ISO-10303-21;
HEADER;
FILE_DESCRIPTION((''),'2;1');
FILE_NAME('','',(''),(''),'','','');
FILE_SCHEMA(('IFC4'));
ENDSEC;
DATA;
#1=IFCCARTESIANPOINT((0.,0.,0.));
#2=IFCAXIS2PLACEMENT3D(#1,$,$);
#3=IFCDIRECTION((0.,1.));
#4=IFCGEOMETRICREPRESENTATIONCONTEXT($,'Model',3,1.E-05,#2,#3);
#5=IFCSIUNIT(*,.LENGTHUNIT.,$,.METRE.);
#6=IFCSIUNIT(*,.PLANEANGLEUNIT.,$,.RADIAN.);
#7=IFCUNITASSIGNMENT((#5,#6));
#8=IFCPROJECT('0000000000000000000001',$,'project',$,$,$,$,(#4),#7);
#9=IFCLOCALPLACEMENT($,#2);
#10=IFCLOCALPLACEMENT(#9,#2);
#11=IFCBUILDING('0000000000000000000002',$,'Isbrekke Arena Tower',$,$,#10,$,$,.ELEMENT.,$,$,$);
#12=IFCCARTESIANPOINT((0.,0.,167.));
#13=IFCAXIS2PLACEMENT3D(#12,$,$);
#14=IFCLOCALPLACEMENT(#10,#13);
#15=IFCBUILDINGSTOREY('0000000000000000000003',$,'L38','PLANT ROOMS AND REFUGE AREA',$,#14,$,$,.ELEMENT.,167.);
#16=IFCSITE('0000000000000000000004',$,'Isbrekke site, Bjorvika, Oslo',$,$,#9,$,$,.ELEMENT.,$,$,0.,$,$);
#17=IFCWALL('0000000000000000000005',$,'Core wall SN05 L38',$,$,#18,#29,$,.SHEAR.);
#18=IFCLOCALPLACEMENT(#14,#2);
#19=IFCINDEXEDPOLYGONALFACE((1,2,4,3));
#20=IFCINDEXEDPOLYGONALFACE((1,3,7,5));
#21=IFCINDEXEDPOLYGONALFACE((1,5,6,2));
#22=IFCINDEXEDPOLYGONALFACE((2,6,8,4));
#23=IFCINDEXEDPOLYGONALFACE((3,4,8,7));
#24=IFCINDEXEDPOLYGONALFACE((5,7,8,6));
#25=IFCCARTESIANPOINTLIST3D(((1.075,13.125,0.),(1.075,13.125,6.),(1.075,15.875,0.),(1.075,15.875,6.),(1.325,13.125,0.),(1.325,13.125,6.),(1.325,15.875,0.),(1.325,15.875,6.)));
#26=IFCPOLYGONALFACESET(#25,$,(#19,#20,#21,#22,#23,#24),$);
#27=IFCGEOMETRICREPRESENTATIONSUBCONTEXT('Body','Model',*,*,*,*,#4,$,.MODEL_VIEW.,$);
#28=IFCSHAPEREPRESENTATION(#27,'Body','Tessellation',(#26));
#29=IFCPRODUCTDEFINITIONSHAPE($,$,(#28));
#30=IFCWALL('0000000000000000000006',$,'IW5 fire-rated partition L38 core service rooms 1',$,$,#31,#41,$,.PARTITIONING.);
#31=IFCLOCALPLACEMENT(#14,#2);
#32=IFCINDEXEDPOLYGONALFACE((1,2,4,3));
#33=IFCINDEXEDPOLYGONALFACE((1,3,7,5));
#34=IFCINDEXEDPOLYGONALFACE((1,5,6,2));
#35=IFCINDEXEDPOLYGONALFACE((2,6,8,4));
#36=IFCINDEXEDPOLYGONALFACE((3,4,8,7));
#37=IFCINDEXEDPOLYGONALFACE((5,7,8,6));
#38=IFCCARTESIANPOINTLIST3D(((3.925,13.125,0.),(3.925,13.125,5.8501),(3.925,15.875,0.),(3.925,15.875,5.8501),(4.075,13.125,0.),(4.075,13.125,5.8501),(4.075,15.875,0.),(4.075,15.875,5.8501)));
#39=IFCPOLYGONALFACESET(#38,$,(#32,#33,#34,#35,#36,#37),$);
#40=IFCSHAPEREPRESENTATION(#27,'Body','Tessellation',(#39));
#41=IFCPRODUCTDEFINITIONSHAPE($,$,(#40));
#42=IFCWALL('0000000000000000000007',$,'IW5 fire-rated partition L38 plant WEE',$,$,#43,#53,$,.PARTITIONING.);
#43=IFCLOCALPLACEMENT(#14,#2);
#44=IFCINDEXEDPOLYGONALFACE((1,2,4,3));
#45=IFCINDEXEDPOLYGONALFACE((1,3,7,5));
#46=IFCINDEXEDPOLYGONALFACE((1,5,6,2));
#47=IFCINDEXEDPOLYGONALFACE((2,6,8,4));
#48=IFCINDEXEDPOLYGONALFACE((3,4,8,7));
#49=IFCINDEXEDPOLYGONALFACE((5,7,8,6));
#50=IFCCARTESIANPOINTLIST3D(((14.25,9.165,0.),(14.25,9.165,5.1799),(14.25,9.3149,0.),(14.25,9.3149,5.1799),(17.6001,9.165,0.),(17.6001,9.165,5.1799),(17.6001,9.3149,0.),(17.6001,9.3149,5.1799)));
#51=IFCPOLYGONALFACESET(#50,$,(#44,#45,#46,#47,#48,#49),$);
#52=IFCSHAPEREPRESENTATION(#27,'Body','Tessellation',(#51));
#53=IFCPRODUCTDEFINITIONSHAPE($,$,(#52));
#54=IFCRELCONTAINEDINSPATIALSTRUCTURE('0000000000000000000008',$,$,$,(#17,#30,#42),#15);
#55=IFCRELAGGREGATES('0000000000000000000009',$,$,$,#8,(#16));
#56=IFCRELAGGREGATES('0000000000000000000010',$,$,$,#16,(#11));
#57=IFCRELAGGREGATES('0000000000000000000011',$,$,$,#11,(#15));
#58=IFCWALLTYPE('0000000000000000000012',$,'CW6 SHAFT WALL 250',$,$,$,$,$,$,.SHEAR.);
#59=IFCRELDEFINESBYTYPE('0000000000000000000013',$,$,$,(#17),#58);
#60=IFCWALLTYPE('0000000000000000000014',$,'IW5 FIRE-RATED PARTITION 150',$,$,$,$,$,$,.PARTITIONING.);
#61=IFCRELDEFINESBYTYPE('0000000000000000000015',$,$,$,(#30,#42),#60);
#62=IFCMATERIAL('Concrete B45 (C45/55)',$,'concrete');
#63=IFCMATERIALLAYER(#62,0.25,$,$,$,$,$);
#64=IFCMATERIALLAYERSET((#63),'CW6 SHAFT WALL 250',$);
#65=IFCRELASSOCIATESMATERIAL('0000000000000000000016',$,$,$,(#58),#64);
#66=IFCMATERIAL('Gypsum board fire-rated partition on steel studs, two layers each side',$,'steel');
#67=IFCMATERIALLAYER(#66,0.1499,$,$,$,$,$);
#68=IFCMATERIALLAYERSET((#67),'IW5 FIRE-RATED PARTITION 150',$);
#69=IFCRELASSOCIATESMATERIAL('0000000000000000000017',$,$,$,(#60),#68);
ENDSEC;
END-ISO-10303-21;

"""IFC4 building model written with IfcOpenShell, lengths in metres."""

from ifc_helpers import new_model, si_unit, direction, frame, frame_2d, origin, place, context, subcontext, project, spatial, rectangle, extrude, material, layer, layer_set, type_object, element, save


model = new_model("IFC4")

# Units and contexts
model_context = context("Model", 3, precision=1e-05, world=origin(), true_north=direction((0.0, 1.0)))
body_context = subcontext(model_context, "Body", "Model", "MODEL_VIEW")
ifc_project = project(units=[si_unit("LENGTHUNIT", "METRE"), si_unit("PLANEANGLEUNIT", "RADIAN")], contexts=[model_context])

# Site, building, storey
site_placement = place(None, origin())
site = spatial("IfcSite", under=ifc_project, at=site_placement, Name="Isbrekke site, Bjorvika, Oslo", CompositionType="ELEMENT", RefElevation=0.0)
building_placement = place(site_placement, origin())
building = spatial("IfcBuilding", under=site, at=building_placement, Name="Isbrekke Arena Tower", CompositionType="ELEMENT")
storey_placement = place(building_placement, frame((0.0, 0.0, 167.0)))
storey = spatial("IfcBuildingStorey", under=building, at=storey_placement, Name="L38", Description="PLANT ROOMS AND REFUGE AREA", CompositionType="ELEMENT", Elevation=167.0)

# Walls
ifc_material_1 = material(Name="Concrete B45 (C45/55)", Category="concrete")
ifc_layer_1 = layer(ifc_material_1, 0.25)
ifc_layer_set_1 = layer_set([ifc_layer_1], Name="CW6 SHAFT WALL 250")
wall_type_1 = type_object("IfcWallType", Name="CW6 SHAFT WALL 250", PredefinedType="SHEAR", material=ifc_layer_set_1)
wall_1_placement = place(storey_placement, frame((1.2, 13.125, 0.0), z_axis=(0.0, 0.0, 1.0), x_axis=(0.0, 1.0, 0.0)))
element("IfcWall", 1, at=wall_1_placement, inside=storey, type_object=wall_type_1, Name="Core wall SN05 L38", PredefinedType="SHEAR", context=body_context, shape_type="SweptSolid", body=[
    extrude(rectangle(XDim=2.75, YDim=0.25, at=frame_2d((1.375, 0.0))), origin(), (0.0, 0.0, 1.0), 6.0),
])
ifc_material_2 = material(Name="Gypsum board fire-rated partition on steel studs, two layers each side", Category="steel")
ifc_layer_2 = layer(ifc_material_2, 0.1499)
ifc_layer_set_2 = layer_set([ifc_layer_2], Name="IW5 FIRE-RATED PARTITION 150")
wall_type_2 = type_object("IfcWallType", Name="IW5 FIRE-RATED PARTITION 150", PredefinedType="PARTITIONING", material=ifc_layer_set_2)
wall_2_placement = place(storey_placement, frame((4.0, 13.125, 0.0), z_axis=(0.0, 0.0, 1.0), x_axis=(0.0, 1.0, 0.0)))
element("IfcWall", 2, at=wall_2_placement, inside=storey, type_object=wall_type_2, Name="IW5 fire-rated partition L38 core service rooms 1", PredefinedType="PARTITIONING", context=body_context, shape_type="SweptSolid", body=[
    extrude(rectangle(XDim=2.75, YDim=0.1499, at=frame_2d((1.375, 0.0))), origin(), (0.0, 0.0, 1.0), 5.8501),
])
wall_3_placement = place(storey_placement, frame((14.25, 9.24, 0.0), z_axis=(0.0, 0.0, 1.0), x_axis=(1.0, 0.0, 0.0)))
element("IfcWall", 3, at=wall_3_placement, inside=storey, type_object=wall_type_2, Name="IW5 fire-rated partition L38 plant WEE", PredefinedType="PARTITIONING", context=body_context, shape_type="SweptSolid", body=[
    extrude(rectangle(XDim=3.3501, YDim=0.1499, at=frame_2d((1.675, 0.0))), origin(), (0.0, 0.0, 1.0), 5.1799),
])

save(model, "model.ifc")
